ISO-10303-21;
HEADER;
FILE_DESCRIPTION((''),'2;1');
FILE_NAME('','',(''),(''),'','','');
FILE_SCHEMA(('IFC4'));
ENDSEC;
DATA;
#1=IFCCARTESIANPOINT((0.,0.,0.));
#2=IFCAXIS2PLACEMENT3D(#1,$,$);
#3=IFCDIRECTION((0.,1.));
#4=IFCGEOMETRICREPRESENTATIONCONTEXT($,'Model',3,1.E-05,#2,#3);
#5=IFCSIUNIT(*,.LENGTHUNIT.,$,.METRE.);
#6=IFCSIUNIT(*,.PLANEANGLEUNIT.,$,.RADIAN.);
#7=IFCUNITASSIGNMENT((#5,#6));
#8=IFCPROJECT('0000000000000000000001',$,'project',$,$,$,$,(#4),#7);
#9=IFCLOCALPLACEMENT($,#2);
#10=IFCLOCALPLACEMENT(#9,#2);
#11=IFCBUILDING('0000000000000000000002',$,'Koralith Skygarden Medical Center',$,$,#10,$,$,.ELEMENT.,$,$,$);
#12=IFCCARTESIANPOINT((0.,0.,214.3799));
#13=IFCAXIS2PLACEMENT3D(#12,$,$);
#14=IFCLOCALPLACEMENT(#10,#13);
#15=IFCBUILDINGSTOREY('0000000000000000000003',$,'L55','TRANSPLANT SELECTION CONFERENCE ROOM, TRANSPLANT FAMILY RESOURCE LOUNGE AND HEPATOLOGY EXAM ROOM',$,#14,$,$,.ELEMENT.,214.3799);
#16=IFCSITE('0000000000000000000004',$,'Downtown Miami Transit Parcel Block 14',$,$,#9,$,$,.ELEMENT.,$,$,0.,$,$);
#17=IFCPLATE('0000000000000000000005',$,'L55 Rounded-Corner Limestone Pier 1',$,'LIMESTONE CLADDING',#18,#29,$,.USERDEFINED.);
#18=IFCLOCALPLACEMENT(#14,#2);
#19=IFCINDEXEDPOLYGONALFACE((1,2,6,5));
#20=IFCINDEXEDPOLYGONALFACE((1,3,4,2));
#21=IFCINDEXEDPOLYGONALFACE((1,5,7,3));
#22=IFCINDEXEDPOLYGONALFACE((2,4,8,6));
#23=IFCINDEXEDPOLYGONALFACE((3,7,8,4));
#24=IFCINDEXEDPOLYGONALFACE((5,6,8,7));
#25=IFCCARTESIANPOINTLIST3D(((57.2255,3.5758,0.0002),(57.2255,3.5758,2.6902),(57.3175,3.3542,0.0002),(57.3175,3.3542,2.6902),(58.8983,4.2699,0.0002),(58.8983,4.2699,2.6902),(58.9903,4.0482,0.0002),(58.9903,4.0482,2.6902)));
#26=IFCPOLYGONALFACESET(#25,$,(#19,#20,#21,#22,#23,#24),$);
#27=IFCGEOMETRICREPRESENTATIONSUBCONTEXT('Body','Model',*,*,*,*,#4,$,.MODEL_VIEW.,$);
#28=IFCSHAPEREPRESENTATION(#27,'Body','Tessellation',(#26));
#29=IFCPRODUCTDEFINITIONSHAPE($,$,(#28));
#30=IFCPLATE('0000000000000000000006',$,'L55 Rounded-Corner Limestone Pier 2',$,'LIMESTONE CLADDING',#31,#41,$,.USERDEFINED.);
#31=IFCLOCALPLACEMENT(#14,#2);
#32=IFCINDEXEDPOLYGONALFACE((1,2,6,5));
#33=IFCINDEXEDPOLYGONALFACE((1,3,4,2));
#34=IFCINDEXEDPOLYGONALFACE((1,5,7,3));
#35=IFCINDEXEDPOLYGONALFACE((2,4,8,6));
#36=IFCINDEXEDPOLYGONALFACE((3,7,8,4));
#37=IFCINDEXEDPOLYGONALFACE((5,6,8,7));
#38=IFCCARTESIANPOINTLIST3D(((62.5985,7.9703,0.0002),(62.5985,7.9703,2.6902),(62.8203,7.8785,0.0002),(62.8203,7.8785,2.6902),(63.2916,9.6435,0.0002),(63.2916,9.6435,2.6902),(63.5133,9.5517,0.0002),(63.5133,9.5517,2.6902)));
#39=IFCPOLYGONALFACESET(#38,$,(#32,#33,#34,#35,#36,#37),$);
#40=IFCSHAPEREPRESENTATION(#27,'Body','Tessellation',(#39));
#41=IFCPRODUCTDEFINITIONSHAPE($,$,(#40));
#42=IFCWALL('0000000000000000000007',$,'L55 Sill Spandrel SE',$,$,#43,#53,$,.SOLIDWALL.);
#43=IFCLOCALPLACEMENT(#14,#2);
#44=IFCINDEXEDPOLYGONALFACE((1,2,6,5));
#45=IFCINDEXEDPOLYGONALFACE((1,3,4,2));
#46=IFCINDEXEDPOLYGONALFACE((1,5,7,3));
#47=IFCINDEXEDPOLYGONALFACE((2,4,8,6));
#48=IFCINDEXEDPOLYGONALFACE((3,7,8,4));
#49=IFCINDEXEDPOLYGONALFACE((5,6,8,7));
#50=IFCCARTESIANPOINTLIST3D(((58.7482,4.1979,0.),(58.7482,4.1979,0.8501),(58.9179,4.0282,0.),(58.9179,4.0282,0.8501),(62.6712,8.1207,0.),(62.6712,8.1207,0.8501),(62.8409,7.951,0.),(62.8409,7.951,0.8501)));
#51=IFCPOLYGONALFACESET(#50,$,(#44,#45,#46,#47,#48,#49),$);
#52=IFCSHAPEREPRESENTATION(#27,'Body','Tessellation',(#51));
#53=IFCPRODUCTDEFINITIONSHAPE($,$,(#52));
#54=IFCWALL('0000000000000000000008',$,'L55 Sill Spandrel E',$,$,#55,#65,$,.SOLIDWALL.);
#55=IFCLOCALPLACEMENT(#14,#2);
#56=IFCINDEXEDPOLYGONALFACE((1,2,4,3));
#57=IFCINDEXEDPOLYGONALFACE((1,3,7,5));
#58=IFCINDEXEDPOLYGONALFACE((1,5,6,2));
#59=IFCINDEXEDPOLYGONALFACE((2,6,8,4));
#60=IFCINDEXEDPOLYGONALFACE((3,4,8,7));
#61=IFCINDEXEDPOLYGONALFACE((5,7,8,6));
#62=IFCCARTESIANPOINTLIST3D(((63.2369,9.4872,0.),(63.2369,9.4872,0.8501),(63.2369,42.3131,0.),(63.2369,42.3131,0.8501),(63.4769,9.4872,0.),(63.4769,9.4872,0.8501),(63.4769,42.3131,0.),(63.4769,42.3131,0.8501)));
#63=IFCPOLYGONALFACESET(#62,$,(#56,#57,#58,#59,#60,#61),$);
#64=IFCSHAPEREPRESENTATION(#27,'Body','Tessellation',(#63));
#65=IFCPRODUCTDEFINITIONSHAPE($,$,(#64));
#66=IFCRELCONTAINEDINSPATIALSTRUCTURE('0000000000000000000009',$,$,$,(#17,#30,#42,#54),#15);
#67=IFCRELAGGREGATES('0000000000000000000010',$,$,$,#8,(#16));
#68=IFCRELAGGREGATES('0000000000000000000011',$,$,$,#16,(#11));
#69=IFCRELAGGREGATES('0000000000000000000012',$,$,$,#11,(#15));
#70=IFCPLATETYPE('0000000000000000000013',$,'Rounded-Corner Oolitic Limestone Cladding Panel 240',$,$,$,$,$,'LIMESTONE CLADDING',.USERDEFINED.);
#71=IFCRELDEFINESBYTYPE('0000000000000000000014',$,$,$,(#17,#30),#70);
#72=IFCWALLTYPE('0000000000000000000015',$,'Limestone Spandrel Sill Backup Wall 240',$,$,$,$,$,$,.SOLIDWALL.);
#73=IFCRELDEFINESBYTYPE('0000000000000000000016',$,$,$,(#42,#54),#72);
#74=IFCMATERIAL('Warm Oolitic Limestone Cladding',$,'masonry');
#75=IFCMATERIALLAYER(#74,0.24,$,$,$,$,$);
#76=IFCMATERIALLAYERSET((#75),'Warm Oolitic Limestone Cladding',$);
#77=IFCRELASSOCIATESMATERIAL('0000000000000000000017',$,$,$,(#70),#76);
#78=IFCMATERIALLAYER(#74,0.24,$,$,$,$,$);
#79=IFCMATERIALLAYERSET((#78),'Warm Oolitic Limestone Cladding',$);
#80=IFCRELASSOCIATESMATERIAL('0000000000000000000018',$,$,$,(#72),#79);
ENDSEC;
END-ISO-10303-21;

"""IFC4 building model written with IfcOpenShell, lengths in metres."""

from ifc_helpers import new_model, si_unit, direction, frame, frame_2d, origin, origin_2d, place, context, subcontext, project, spatial, rectangle, extrude, material, layer, layer_set, type_object, element, save


model = new_model("IFC4")

# Units and contexts
model_context = context("Model", 3, precision=1e-05, world=origin(), true_north=direction((0.0, 1.0)))
body_context = subcontext(model_context, "Body", "Model", "MODEL_VIEW")
ifc_project = project(units=[si_unit("LENGTHUNIT", "METRE"), si_unit("PLANEANGLEUNIT", "RADIAN")], contexts=[model_context])

# Site, building, storey
site_placement = place(None, origin())
site = spatial("IfcSite", under=ifc_project, at=site_placement, Name="Downtown Miami Transit Parcel Block 14", CompositionType="ELEMENT", RefElevation=0.0)
building_placement = place(site_placement, origin())
building = spatial("IfcBuilding", under=site, at=building_placement, Name="Koralith Skygarden Medical Center", CompositionType="ELEMENT")
storey_placement = place(building_placement, frame((0.0, 0.0, 214.3799)))
storey = spatial("IfcBuildingStorey", under=building, at=storey_placement, Name="L55", Description="TRANSPLANT SELECTION CONFERENCE ROOM, TRANSPLANT FAMILY RESOURCE LOUNGE AND HEPATOLOGY EXAM ROOM", CompositionType="ELEMENT", Elevation=214.3799)

# Plates
ifc_material_1 = material(Name="Warm Oolitic Limestone Cladding", Category="masonry")
ifc_layer_1 = layer(ifc_material_1, 0.24)
ifc_layer_set_1 = layer_set([ifc_layer_1], Name="Warm Oolitic Limestone Cladding")
plate_type_1 = type_object("IfcPlateType", Name="Rounded-Corner Oolitic Limestone Cladding Panel 240", ElementType="LIMESTONE CLADDING", PredefinedType="USERDEFINED", material=ifc_layer_set_1)
for number, where, z_axis, x_axis, name in (
    (1, (58.1079, 3.812, 0.0002), (0.0, 0.0, 1.0), (0.92366, 0.383214, 0.0), "L55 Rounded-Corner Limestone Pier 1"),
    (2, (63.0559, 8.761, 0.0002), (0.0, 0.0, 1.0), (0.382671, 0.923885, 0.0), "L55 Rounded-Corner Limestone Pier 2"),
):
    element("IfcPlate", number, at=place(storey_placement, frame(where, z_axis=z_axis, x_axis=x_axis)), inside=storey, type_object=plate_type_1, Name=name, ObjectType="LIMESTONE CLADDING", PredefinedType="USERDEFINED", context=body_context, shape_type="SweptSolid", body=[
        extrude(rectangle(XDim=1.811, YDim=0.24, at=origin_2d()), origin(), (0.0, 0.0, 1.0), 2.6899),
    ])

# Walls
ifc_layer_2 = layer(ifc_material_1, 0.24)
ifc_layer_set_2 = layer_set([ifc_layer_2], Name="Warm Oolitic Limestone Cladding")
wall_type = type_object("IfcWallType", Name="Limestone Spandrel Sill Backup Wall 240", PredefinedType="SOLIDWALL", material=ifc_layer_set_2)
wall_1_placement = place(storey_placement, frame((58.833, 4.113, 0.0), z_axis=(0.0, 0.0, 1.0), x_axis=(0.707129, 0.707085, 0.0)))
element("IfcWall", 3, at=wall_1_placement, inside=storey, type_object=wall_type, Name="L55 Sill Spandrel SE", PredefinedType="SOLIDWALL", context=body_context, shape_type="SweptSolid", body=[
    extrude(rectangle(XDim=5.5479, YDim=0.24, at=frame_2d((2.7739, 0.0))), origin(), (0.0, 0.0, 1.0), 0.8501),
])
wall_2_placement = place(storey_placement, frame((63.3569, 9.4871, 0.0), z_axis=(0.0, 0.0, 1.0), x_axis=(0.0, 1.0, 0.0)))
element("IfcWall", 4, at=wall_2_placement, inside=storey, type_object=wall_type, Name="L55 Sill Spandrel E", PredefinedType="SOLIDWALL", context=body_context, shape_type="SweptSolid", body=[
    extrude(rectangle(XDim=32.8259, YDim=0.24, at=frame_2d((16.4131, 0.0))), origin(), (0.0, 0.0, 1.0), 0.8501),
])

save(model, "model.ifc")
